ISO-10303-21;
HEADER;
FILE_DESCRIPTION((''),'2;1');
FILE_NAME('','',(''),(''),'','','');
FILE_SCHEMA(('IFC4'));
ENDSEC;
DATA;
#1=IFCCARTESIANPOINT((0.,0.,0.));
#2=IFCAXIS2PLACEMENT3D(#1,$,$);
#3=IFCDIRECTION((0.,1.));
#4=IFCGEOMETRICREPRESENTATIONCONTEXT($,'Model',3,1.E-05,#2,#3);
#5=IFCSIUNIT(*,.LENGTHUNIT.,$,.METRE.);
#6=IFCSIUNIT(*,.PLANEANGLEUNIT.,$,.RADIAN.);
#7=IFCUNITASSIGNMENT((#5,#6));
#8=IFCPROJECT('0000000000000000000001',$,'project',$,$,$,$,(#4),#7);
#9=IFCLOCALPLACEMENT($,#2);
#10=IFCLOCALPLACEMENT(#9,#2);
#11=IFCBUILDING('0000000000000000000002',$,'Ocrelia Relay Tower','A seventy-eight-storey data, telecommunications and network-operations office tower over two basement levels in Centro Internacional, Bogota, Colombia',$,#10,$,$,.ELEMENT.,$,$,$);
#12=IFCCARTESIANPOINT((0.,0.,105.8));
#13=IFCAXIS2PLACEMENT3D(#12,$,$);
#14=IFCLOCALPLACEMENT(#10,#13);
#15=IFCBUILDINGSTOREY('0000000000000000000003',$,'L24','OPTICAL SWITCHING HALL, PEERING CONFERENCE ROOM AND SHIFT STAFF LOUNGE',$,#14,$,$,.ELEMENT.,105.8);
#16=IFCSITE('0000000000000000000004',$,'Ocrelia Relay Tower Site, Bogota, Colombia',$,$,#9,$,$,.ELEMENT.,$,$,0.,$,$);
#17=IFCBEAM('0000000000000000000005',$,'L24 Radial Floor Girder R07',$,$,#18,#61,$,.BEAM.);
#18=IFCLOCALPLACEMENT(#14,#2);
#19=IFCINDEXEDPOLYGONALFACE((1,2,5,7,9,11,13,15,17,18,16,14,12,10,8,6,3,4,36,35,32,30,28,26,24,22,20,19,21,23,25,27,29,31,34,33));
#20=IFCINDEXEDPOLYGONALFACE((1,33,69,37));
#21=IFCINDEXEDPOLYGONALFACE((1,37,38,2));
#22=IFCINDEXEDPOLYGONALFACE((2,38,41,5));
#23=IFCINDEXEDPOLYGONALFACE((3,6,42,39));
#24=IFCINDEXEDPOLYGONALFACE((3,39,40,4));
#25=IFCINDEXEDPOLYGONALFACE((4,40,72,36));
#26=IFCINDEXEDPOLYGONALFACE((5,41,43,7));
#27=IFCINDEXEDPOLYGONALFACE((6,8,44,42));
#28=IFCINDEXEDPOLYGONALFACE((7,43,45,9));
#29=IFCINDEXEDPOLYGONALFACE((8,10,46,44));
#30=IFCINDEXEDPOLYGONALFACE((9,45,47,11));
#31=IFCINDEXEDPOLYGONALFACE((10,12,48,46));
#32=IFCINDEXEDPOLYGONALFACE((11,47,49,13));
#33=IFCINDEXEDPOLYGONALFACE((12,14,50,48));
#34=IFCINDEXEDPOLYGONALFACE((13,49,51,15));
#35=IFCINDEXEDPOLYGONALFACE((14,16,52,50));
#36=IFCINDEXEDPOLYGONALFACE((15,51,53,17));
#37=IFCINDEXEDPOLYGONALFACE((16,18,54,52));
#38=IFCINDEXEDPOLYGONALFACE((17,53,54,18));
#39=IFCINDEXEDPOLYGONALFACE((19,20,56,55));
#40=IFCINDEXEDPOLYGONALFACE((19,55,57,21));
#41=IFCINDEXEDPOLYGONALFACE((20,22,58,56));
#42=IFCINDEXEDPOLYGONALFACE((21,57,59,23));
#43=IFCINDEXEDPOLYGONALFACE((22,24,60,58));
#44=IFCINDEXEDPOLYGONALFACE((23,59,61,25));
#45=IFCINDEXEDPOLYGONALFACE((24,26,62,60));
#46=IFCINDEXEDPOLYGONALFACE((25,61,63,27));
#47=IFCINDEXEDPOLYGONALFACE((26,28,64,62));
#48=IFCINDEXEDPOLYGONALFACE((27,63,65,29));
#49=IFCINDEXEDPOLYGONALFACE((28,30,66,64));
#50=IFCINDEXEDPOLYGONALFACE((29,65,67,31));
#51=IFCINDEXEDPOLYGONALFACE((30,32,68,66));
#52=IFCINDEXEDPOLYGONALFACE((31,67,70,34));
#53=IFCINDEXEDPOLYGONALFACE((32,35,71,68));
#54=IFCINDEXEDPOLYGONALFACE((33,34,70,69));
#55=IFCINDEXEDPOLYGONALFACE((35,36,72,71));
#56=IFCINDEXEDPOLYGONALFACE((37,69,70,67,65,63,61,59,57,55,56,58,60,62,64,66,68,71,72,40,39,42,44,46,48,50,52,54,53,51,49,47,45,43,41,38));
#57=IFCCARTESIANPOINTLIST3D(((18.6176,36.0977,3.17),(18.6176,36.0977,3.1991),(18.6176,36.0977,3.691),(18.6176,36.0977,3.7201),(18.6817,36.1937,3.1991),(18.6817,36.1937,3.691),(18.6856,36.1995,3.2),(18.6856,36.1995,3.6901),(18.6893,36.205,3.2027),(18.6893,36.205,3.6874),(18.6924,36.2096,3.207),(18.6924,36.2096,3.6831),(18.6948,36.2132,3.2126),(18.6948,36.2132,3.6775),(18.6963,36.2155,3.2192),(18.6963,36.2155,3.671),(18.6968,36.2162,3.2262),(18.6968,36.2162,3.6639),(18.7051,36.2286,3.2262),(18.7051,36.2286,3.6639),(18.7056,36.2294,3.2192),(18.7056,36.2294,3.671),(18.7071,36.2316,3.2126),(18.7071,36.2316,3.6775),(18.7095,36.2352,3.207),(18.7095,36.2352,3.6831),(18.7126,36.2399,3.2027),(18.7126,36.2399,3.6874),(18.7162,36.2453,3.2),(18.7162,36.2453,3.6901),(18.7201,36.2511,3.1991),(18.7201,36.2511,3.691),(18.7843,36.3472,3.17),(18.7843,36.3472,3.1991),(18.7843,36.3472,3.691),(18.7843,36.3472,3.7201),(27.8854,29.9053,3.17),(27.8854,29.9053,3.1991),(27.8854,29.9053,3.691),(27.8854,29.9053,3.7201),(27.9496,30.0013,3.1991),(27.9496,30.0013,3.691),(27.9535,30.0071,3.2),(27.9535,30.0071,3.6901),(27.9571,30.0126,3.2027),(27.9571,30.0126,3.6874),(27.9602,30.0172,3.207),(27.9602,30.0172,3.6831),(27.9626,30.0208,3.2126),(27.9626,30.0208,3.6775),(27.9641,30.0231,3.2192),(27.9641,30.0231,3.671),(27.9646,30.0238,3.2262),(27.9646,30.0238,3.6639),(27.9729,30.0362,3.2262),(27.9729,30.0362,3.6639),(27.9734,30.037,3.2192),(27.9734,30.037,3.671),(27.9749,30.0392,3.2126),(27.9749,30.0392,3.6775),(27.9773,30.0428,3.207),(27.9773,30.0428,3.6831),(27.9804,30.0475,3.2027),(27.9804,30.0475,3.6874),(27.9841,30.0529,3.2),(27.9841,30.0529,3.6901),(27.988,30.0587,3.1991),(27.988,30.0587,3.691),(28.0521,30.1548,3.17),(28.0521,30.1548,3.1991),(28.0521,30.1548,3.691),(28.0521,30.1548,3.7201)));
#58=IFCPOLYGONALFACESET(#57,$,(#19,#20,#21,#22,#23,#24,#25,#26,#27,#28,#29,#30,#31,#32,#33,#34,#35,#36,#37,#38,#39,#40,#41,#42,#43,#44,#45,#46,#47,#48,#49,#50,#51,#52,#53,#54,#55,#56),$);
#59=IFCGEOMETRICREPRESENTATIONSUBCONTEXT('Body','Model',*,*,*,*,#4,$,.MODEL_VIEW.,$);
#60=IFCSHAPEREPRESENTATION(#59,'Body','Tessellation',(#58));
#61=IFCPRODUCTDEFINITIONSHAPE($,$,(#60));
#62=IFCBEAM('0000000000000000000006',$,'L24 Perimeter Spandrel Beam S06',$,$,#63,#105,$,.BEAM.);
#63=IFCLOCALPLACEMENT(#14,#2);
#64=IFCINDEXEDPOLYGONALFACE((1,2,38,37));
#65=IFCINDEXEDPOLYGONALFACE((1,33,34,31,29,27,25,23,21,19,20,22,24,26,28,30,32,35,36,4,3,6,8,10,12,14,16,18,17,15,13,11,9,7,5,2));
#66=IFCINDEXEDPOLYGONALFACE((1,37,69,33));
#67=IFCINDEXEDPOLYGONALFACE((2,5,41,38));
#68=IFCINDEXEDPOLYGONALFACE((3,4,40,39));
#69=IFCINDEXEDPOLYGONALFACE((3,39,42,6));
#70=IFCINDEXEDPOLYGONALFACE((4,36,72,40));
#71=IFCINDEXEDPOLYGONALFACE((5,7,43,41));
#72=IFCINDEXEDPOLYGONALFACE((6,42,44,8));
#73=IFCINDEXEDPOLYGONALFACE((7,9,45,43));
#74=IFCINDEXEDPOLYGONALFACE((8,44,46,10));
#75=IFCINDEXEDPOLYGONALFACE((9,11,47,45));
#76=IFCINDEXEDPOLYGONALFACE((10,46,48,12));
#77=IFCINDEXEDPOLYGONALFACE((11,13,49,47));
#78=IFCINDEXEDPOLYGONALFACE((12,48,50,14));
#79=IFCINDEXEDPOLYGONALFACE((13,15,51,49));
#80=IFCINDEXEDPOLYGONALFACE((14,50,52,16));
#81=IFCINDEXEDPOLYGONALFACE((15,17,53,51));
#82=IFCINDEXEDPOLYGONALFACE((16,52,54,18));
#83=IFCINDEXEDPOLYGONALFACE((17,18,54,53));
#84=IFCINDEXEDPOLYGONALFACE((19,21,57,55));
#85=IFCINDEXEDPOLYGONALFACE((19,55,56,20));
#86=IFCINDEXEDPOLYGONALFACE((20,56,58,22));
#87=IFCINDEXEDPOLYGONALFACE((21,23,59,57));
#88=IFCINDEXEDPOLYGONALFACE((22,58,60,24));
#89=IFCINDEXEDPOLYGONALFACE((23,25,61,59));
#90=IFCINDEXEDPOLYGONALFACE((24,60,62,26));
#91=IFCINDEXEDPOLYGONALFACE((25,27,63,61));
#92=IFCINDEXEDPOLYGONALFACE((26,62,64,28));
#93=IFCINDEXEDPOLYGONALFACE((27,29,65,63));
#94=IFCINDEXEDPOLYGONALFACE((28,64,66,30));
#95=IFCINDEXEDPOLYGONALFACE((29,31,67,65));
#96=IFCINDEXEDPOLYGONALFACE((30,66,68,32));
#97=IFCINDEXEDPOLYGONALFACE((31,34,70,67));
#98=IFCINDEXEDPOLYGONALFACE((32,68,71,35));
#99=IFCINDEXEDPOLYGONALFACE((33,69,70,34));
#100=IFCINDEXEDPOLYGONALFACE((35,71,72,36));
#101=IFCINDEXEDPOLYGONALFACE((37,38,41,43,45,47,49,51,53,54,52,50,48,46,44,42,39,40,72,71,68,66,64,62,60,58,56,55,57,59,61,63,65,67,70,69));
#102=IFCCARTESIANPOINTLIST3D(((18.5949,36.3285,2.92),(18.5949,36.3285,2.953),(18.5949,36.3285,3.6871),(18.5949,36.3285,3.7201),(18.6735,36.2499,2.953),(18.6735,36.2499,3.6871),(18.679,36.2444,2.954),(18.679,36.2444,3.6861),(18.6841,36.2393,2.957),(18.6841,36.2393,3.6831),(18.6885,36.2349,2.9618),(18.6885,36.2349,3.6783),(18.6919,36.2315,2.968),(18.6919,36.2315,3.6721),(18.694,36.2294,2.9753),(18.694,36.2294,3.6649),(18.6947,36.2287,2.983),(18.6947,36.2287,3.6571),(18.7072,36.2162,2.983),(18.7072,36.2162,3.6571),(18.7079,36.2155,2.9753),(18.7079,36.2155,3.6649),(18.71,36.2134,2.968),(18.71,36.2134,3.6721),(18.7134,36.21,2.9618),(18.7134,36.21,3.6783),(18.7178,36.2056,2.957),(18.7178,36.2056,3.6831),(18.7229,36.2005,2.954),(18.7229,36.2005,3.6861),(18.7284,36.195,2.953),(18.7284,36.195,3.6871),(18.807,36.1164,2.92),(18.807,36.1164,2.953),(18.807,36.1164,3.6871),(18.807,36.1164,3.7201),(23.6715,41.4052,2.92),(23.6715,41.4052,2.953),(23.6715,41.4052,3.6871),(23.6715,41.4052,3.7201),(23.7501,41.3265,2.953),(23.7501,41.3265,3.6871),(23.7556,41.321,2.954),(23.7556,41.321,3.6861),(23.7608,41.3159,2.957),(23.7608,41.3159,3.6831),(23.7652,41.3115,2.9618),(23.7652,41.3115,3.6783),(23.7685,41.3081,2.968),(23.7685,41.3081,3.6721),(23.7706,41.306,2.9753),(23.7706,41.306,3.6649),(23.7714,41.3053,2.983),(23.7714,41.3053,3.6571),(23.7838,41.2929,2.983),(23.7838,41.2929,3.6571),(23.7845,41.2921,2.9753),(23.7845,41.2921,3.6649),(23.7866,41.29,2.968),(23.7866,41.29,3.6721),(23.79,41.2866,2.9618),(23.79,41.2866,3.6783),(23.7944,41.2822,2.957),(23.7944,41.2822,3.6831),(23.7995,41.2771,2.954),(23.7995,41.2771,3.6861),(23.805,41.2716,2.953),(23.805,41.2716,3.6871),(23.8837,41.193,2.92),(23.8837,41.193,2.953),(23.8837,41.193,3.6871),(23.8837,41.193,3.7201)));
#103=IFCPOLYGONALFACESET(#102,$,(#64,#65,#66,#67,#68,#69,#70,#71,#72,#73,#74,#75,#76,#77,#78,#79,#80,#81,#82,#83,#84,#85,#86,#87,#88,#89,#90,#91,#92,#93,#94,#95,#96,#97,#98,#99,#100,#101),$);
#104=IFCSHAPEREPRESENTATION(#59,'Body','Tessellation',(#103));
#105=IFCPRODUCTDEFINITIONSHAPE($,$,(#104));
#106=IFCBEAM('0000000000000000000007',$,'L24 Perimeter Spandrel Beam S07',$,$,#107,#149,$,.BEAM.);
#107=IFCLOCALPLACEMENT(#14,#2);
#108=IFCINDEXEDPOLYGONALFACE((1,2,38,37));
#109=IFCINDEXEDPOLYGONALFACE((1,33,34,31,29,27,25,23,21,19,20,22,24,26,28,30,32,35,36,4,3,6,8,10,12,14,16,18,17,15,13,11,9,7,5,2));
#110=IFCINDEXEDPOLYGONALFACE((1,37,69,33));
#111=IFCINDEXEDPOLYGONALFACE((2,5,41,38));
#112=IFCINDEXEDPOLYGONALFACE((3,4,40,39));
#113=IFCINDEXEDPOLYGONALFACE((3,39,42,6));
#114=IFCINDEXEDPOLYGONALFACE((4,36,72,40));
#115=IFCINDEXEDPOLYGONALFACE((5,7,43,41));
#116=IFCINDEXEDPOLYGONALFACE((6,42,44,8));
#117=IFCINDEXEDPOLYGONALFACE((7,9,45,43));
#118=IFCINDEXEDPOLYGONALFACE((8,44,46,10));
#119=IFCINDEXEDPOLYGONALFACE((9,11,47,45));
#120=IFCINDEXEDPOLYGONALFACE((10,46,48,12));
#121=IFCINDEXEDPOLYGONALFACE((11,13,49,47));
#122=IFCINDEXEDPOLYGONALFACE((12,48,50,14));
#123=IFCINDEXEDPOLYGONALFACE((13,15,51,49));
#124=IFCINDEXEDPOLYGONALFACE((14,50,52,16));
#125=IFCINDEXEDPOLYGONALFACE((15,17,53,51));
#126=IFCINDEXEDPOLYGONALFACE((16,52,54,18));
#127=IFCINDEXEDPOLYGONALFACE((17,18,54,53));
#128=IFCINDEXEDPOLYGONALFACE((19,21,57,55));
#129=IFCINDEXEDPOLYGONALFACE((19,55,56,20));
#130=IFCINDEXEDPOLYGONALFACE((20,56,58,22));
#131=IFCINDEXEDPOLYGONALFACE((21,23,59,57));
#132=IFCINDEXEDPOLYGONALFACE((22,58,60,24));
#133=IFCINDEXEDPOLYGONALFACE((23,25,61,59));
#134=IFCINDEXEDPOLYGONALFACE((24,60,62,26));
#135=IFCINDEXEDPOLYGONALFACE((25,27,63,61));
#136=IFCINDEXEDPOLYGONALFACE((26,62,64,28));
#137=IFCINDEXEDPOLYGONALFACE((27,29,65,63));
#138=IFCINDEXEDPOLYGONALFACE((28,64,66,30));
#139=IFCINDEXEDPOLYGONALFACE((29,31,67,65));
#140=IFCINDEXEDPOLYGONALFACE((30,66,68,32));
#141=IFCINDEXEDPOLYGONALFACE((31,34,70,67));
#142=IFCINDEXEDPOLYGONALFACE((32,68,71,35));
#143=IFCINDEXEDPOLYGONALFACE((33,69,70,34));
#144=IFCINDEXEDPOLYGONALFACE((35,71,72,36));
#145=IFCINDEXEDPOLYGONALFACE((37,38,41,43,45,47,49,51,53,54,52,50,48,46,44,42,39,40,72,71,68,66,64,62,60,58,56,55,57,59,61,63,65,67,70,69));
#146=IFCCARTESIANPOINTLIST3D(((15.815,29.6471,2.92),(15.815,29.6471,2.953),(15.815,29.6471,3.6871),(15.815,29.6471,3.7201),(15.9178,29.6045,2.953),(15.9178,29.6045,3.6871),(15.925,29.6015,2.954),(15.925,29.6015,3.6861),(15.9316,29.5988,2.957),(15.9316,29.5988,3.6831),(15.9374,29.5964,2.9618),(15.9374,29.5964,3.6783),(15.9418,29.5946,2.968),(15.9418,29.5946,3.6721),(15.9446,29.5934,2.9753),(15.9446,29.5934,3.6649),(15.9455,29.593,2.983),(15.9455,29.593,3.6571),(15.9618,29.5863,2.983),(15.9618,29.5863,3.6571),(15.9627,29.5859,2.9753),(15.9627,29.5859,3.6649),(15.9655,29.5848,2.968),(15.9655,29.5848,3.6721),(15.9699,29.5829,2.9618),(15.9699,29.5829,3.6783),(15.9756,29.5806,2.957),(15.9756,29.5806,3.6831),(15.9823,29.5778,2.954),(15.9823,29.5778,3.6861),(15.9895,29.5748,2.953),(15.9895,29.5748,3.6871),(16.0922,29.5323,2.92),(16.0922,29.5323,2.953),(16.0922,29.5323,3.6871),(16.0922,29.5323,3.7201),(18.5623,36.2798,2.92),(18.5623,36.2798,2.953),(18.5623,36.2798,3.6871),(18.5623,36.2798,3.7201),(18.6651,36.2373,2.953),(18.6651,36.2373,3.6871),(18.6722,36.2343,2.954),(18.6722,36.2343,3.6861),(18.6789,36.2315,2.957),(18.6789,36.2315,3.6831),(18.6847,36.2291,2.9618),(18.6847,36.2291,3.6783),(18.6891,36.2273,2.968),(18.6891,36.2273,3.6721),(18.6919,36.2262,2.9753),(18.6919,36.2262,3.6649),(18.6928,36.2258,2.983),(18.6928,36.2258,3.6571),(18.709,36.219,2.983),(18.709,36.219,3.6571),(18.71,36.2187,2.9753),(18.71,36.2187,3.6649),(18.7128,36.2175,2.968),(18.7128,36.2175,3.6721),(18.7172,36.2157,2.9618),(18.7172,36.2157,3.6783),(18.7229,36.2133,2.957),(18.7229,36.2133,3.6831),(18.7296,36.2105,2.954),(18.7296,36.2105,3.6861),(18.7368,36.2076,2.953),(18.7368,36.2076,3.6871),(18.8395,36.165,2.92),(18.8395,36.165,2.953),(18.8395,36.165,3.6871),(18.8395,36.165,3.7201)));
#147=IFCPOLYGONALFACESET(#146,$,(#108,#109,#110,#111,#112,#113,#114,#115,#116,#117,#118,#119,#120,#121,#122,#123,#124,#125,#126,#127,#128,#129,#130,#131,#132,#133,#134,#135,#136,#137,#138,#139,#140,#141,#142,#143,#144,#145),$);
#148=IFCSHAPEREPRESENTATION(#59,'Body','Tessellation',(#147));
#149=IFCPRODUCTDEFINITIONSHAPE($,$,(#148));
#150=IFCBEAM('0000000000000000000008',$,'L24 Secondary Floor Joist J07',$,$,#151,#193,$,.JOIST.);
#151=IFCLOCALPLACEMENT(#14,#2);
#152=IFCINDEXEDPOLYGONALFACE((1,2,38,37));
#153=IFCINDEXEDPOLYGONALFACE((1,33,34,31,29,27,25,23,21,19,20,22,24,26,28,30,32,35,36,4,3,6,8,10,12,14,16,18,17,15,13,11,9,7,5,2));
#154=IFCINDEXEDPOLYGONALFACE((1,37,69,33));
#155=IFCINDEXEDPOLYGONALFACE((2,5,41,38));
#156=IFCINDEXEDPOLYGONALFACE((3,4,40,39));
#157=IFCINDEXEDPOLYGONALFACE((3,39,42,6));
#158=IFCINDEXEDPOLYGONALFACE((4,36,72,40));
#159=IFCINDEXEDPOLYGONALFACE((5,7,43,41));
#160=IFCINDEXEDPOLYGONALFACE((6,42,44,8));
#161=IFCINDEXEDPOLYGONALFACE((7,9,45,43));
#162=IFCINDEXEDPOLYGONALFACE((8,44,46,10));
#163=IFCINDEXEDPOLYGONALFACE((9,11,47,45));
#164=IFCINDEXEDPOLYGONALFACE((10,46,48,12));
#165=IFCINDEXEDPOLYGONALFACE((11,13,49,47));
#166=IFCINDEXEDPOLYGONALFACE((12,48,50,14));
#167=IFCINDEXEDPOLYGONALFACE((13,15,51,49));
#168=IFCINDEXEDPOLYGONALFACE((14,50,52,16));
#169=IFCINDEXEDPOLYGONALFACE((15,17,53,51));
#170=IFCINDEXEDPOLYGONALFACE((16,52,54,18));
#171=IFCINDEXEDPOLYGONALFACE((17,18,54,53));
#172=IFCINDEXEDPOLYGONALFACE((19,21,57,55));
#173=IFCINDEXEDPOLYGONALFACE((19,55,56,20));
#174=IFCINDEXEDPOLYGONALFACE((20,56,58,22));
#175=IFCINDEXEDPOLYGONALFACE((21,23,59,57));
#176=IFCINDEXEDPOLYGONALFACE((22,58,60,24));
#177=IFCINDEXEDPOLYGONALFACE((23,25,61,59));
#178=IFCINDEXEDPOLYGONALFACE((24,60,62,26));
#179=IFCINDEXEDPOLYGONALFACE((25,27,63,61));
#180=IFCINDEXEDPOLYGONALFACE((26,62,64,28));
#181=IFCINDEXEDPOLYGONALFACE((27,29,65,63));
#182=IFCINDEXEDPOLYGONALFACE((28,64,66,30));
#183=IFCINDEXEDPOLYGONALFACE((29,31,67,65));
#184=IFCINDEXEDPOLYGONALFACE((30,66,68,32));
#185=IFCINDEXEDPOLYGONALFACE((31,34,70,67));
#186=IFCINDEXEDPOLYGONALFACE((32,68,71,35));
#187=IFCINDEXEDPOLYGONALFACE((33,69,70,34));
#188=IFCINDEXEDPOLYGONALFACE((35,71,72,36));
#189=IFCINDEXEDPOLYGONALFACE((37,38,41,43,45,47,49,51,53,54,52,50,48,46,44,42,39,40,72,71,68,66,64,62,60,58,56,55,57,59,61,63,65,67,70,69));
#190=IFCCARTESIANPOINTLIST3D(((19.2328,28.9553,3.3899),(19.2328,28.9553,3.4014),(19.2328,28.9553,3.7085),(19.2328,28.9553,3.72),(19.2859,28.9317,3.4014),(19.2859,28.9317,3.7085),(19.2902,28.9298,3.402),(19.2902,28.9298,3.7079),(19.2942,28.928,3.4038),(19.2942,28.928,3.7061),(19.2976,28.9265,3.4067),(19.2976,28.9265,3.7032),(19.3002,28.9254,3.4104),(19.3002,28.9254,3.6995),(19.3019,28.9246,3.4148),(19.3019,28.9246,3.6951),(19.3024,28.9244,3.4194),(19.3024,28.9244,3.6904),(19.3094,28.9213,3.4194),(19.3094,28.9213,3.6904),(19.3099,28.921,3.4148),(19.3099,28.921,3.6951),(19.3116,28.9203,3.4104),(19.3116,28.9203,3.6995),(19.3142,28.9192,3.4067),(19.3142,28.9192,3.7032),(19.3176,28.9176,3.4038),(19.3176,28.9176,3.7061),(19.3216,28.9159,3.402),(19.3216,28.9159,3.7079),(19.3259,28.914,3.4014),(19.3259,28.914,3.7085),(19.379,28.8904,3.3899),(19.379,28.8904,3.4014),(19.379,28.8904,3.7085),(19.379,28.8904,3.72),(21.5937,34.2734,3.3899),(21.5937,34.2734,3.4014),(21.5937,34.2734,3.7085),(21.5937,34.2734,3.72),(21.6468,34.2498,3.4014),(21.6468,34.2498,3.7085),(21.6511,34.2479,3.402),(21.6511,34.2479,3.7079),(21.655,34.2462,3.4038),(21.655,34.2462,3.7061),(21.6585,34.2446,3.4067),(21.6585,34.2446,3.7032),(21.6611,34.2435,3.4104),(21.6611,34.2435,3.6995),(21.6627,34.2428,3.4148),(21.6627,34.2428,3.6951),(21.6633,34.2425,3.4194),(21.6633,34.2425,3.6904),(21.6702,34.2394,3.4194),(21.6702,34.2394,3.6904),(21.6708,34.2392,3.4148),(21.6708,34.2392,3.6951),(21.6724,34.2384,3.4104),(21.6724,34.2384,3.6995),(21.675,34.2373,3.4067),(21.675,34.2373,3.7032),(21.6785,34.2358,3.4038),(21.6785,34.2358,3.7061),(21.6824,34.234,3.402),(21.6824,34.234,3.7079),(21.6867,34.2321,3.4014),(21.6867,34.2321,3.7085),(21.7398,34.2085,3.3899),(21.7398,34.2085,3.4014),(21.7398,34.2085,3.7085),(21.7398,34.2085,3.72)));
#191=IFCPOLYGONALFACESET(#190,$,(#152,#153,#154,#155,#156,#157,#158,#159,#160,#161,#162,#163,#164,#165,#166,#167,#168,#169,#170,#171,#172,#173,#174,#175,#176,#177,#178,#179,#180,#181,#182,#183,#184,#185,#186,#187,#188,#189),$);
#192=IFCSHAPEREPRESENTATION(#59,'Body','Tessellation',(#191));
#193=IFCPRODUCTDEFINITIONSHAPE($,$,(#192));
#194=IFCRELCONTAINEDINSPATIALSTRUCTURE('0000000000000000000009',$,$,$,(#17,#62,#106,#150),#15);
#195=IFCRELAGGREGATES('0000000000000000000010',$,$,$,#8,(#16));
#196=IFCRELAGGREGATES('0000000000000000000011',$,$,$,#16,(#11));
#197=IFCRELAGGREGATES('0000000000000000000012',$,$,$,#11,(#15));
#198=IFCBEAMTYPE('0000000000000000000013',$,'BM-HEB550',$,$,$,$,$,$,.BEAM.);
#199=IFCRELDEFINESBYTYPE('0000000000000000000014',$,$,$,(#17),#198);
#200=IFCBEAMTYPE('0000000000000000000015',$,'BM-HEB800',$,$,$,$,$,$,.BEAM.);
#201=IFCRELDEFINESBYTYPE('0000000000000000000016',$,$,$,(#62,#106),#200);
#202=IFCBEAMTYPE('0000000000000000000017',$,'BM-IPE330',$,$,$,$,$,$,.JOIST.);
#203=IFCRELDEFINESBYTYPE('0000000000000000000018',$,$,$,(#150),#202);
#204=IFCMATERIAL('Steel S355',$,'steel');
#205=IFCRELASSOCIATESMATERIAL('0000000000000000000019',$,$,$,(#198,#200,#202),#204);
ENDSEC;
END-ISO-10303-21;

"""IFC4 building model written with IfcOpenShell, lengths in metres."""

from ifc_helpers import new_model, si_unit, direction, frame, origin, origin_2d, place, context, subcontext, project, spatial, i_section, extrude, material, material_profile, profile_set, type_object, element, save


model = new_model("IFC4")

# Units and contexts
model_context = context("Model", 3, precision=1e-05, world=origin(), true_north=direction((0.0, 1.0)))
body_context = subcontext(model_context, "Body", "Model", "MODEL_VIEW")
ifc_project = project(units=[si_unit("LENGTHUNIT", "METRE"), si_unit("PLANEANGLEUNIT", "RADIAN")], contexts=[model_context])

# Site, building, storey
site_placement = place(None, origin())
site = spatial("IfcSite", under=ifc_project, at=site_placement, Name="Ocrelia Relay Tower Site, Bogota, Colombia", CompositionType="ELEMENT", RefElevation=0.0)
building_placement = place(site_placement, origin())
building = spatial("IfcBuilding", under=site, at=building_placement, Name="Ocrelia Relay Tower", Description="A seventy-eight-storey data, telecommunications and network-operations office tower over two basement levels in Centro Internacional, Bogota, Colombia", CompositionType="ELEMENT")
storey_placement = place(building_placement, frame((0.0, 0.0, 105.8)))
storey = spatial("IfcBuildingStorey", under=building, at=storey_placement, Name="L24", Description="OPTICAL SWITCHING HALL, PEERING CONFERENCE ROOM AND SHIFT STAFF LOUNGE", CompositionType="ELEMENT", Elevation=105.8)

# Beams
ifc_material_1 = material(Name="Steel S355", Category="steel")
ifc_material_profile_1 = material_profile(ifc_material_1, i_section(OverallWidth=0.3, OverallDepth=0.55, WebThickness=0.0149, FlangeThickness=0.0291, FilletRadius=0.0271, at=origin_2d()), Name="HEB 550")
ifc_profile_set_1 = profile_set([ifc_material_profile_1], Name="Steel S355")
beam_type_1 = type_object("IfcBeamType", Name="BM-HEB550", PredefinedType="BEAM", material=ifc_profile_set_1)
beam_1_placement = place(storey_placement, frame((18.7009, 36.2224, 3.4451), z_axis=(0.831477, -0.555559, 0.0), x_axis=(0.555559, 0.831477, 0.0)))
element("IfcBeam", 1, at=beam_1_placement, inside=storey, type_object=beam_type_1, Name="L24 Radial Floor Girder R07", PredefinedType="BEAM", context=body_context, shape_type="SweptSolid", body=[
    extrude(i_section(OverallWidth=0.3, OverallDepth=0.55, WebThickness=0.0149, FlangeThickness=0.0291, FilletRadius=0.0271, at=origin_2d()), origin(), (0.0, 0.0, 1.0), 11.1462),
])
ifc_material_profile_2 = material_profile(ifc_material_1, i_section(OverallWidth=0.3, OverallDepth=0.8, WebThickness=0.0176, FlangeThickness=0.033, FilletRadius=0.03, at=origin_2d()), Name="HEB 800")
ifc_profile_set_2 = profile_set([ifc_material_profile_2], Name="Steel S355")
beam_type_2 = type_object("IfcBeamType", Name="BM-HEB800", PredefinedType="BEAM", material=ifc_profile_set_2)
beam_2_placement = place(storey_placement, frame((23.7776, 41.2991, 3.3201), z_axis=(-0.707107, -0.707107, 0.0), x_axis=(0.707107, -0.707107, 0.0)))
element("IfcBeam", 2, at=beam_2_placement, inside=storey, type_object=beam_type_2, Name="L24 Perimeter Spandrel Beam S06", PredefinedType="BEAM", context=body_context, shape_type="SweptSolid", body=[
    extrude(i_section(OverallWidth=0.3, OverallDepth=0.8, WebThickness=0.0176, FlangeThickness=0.033, FilletRadius=0.03, at=origin_2d()), origin(), (0.0, 0.0, 1.0), 7.1794),
])
beam_3_placement = place(storey_placement, frame((18.7009, 36.2224, 3.3201), z_axis=(-0.382673, -0.923884, 0.0), x_axis=(0.923884, -0.382673, 0.0)))
element("IfcBeam", 3, at=beam_3_placement, inside=storey, type_object=beam_type_2, Name="L24 Perimeter Spandrel Beam S07", PredefinedType="BEAM", context=body_context, shape_type="SweptSolid", body=[
    extrude(i_section(OverallWidth=0.3, OverallDepth=0.8, WebThickness=0.0176, FlangeThickness=0.033, FilletRadius=0.03, at=origin_2d()), origin(), (0.0, 0.0, 1.0), 7.1792),
])
ifc_material_profile_3 = material_profile(ifc_material_1, i_section(OverallWidth=0.1599, OverallDepth=0.3301, WebThickness=0.0076, FlangeThickness=0.0115, FilletRadius=0.0181, at=origin_2d()), Name="IPE 330")
ifc_profile_set_3 = profile_set([ifc_material_profile_3], Name="Steel S355")
beam_type_3 = type_object("IfcBeamType", Name="BM-IPE330", PredefinedType="JOIST", material=ifc_profile_set_3)
beam_4_placement = place(storey_placement, frame((21.6667, 34.241, 3.5549), z_axis=(-0.405741, -0.913988, 0.0), x_axis=(0.913988, -0.405741, 0.0)))
element("IfcBeam", 4, at=beam_4_placement, inside=storey, type_object=beam_type_3, Name="L24 Secondary Floor Joist J07", PredefinedType="JOIST", context=body_context, shape_type="SweptSolid", body=[
    extrude(i_section(OverallWidth=0.1599, OverallDepth=0.3301, WebThickness=0.0076, FlangeThickness=0.0115, FilletRadius=0.0181, at=origin_2d()), origin(), (0.0, 0.0, 1.0), 5.8186),
])

save(model, "model.ifc")
